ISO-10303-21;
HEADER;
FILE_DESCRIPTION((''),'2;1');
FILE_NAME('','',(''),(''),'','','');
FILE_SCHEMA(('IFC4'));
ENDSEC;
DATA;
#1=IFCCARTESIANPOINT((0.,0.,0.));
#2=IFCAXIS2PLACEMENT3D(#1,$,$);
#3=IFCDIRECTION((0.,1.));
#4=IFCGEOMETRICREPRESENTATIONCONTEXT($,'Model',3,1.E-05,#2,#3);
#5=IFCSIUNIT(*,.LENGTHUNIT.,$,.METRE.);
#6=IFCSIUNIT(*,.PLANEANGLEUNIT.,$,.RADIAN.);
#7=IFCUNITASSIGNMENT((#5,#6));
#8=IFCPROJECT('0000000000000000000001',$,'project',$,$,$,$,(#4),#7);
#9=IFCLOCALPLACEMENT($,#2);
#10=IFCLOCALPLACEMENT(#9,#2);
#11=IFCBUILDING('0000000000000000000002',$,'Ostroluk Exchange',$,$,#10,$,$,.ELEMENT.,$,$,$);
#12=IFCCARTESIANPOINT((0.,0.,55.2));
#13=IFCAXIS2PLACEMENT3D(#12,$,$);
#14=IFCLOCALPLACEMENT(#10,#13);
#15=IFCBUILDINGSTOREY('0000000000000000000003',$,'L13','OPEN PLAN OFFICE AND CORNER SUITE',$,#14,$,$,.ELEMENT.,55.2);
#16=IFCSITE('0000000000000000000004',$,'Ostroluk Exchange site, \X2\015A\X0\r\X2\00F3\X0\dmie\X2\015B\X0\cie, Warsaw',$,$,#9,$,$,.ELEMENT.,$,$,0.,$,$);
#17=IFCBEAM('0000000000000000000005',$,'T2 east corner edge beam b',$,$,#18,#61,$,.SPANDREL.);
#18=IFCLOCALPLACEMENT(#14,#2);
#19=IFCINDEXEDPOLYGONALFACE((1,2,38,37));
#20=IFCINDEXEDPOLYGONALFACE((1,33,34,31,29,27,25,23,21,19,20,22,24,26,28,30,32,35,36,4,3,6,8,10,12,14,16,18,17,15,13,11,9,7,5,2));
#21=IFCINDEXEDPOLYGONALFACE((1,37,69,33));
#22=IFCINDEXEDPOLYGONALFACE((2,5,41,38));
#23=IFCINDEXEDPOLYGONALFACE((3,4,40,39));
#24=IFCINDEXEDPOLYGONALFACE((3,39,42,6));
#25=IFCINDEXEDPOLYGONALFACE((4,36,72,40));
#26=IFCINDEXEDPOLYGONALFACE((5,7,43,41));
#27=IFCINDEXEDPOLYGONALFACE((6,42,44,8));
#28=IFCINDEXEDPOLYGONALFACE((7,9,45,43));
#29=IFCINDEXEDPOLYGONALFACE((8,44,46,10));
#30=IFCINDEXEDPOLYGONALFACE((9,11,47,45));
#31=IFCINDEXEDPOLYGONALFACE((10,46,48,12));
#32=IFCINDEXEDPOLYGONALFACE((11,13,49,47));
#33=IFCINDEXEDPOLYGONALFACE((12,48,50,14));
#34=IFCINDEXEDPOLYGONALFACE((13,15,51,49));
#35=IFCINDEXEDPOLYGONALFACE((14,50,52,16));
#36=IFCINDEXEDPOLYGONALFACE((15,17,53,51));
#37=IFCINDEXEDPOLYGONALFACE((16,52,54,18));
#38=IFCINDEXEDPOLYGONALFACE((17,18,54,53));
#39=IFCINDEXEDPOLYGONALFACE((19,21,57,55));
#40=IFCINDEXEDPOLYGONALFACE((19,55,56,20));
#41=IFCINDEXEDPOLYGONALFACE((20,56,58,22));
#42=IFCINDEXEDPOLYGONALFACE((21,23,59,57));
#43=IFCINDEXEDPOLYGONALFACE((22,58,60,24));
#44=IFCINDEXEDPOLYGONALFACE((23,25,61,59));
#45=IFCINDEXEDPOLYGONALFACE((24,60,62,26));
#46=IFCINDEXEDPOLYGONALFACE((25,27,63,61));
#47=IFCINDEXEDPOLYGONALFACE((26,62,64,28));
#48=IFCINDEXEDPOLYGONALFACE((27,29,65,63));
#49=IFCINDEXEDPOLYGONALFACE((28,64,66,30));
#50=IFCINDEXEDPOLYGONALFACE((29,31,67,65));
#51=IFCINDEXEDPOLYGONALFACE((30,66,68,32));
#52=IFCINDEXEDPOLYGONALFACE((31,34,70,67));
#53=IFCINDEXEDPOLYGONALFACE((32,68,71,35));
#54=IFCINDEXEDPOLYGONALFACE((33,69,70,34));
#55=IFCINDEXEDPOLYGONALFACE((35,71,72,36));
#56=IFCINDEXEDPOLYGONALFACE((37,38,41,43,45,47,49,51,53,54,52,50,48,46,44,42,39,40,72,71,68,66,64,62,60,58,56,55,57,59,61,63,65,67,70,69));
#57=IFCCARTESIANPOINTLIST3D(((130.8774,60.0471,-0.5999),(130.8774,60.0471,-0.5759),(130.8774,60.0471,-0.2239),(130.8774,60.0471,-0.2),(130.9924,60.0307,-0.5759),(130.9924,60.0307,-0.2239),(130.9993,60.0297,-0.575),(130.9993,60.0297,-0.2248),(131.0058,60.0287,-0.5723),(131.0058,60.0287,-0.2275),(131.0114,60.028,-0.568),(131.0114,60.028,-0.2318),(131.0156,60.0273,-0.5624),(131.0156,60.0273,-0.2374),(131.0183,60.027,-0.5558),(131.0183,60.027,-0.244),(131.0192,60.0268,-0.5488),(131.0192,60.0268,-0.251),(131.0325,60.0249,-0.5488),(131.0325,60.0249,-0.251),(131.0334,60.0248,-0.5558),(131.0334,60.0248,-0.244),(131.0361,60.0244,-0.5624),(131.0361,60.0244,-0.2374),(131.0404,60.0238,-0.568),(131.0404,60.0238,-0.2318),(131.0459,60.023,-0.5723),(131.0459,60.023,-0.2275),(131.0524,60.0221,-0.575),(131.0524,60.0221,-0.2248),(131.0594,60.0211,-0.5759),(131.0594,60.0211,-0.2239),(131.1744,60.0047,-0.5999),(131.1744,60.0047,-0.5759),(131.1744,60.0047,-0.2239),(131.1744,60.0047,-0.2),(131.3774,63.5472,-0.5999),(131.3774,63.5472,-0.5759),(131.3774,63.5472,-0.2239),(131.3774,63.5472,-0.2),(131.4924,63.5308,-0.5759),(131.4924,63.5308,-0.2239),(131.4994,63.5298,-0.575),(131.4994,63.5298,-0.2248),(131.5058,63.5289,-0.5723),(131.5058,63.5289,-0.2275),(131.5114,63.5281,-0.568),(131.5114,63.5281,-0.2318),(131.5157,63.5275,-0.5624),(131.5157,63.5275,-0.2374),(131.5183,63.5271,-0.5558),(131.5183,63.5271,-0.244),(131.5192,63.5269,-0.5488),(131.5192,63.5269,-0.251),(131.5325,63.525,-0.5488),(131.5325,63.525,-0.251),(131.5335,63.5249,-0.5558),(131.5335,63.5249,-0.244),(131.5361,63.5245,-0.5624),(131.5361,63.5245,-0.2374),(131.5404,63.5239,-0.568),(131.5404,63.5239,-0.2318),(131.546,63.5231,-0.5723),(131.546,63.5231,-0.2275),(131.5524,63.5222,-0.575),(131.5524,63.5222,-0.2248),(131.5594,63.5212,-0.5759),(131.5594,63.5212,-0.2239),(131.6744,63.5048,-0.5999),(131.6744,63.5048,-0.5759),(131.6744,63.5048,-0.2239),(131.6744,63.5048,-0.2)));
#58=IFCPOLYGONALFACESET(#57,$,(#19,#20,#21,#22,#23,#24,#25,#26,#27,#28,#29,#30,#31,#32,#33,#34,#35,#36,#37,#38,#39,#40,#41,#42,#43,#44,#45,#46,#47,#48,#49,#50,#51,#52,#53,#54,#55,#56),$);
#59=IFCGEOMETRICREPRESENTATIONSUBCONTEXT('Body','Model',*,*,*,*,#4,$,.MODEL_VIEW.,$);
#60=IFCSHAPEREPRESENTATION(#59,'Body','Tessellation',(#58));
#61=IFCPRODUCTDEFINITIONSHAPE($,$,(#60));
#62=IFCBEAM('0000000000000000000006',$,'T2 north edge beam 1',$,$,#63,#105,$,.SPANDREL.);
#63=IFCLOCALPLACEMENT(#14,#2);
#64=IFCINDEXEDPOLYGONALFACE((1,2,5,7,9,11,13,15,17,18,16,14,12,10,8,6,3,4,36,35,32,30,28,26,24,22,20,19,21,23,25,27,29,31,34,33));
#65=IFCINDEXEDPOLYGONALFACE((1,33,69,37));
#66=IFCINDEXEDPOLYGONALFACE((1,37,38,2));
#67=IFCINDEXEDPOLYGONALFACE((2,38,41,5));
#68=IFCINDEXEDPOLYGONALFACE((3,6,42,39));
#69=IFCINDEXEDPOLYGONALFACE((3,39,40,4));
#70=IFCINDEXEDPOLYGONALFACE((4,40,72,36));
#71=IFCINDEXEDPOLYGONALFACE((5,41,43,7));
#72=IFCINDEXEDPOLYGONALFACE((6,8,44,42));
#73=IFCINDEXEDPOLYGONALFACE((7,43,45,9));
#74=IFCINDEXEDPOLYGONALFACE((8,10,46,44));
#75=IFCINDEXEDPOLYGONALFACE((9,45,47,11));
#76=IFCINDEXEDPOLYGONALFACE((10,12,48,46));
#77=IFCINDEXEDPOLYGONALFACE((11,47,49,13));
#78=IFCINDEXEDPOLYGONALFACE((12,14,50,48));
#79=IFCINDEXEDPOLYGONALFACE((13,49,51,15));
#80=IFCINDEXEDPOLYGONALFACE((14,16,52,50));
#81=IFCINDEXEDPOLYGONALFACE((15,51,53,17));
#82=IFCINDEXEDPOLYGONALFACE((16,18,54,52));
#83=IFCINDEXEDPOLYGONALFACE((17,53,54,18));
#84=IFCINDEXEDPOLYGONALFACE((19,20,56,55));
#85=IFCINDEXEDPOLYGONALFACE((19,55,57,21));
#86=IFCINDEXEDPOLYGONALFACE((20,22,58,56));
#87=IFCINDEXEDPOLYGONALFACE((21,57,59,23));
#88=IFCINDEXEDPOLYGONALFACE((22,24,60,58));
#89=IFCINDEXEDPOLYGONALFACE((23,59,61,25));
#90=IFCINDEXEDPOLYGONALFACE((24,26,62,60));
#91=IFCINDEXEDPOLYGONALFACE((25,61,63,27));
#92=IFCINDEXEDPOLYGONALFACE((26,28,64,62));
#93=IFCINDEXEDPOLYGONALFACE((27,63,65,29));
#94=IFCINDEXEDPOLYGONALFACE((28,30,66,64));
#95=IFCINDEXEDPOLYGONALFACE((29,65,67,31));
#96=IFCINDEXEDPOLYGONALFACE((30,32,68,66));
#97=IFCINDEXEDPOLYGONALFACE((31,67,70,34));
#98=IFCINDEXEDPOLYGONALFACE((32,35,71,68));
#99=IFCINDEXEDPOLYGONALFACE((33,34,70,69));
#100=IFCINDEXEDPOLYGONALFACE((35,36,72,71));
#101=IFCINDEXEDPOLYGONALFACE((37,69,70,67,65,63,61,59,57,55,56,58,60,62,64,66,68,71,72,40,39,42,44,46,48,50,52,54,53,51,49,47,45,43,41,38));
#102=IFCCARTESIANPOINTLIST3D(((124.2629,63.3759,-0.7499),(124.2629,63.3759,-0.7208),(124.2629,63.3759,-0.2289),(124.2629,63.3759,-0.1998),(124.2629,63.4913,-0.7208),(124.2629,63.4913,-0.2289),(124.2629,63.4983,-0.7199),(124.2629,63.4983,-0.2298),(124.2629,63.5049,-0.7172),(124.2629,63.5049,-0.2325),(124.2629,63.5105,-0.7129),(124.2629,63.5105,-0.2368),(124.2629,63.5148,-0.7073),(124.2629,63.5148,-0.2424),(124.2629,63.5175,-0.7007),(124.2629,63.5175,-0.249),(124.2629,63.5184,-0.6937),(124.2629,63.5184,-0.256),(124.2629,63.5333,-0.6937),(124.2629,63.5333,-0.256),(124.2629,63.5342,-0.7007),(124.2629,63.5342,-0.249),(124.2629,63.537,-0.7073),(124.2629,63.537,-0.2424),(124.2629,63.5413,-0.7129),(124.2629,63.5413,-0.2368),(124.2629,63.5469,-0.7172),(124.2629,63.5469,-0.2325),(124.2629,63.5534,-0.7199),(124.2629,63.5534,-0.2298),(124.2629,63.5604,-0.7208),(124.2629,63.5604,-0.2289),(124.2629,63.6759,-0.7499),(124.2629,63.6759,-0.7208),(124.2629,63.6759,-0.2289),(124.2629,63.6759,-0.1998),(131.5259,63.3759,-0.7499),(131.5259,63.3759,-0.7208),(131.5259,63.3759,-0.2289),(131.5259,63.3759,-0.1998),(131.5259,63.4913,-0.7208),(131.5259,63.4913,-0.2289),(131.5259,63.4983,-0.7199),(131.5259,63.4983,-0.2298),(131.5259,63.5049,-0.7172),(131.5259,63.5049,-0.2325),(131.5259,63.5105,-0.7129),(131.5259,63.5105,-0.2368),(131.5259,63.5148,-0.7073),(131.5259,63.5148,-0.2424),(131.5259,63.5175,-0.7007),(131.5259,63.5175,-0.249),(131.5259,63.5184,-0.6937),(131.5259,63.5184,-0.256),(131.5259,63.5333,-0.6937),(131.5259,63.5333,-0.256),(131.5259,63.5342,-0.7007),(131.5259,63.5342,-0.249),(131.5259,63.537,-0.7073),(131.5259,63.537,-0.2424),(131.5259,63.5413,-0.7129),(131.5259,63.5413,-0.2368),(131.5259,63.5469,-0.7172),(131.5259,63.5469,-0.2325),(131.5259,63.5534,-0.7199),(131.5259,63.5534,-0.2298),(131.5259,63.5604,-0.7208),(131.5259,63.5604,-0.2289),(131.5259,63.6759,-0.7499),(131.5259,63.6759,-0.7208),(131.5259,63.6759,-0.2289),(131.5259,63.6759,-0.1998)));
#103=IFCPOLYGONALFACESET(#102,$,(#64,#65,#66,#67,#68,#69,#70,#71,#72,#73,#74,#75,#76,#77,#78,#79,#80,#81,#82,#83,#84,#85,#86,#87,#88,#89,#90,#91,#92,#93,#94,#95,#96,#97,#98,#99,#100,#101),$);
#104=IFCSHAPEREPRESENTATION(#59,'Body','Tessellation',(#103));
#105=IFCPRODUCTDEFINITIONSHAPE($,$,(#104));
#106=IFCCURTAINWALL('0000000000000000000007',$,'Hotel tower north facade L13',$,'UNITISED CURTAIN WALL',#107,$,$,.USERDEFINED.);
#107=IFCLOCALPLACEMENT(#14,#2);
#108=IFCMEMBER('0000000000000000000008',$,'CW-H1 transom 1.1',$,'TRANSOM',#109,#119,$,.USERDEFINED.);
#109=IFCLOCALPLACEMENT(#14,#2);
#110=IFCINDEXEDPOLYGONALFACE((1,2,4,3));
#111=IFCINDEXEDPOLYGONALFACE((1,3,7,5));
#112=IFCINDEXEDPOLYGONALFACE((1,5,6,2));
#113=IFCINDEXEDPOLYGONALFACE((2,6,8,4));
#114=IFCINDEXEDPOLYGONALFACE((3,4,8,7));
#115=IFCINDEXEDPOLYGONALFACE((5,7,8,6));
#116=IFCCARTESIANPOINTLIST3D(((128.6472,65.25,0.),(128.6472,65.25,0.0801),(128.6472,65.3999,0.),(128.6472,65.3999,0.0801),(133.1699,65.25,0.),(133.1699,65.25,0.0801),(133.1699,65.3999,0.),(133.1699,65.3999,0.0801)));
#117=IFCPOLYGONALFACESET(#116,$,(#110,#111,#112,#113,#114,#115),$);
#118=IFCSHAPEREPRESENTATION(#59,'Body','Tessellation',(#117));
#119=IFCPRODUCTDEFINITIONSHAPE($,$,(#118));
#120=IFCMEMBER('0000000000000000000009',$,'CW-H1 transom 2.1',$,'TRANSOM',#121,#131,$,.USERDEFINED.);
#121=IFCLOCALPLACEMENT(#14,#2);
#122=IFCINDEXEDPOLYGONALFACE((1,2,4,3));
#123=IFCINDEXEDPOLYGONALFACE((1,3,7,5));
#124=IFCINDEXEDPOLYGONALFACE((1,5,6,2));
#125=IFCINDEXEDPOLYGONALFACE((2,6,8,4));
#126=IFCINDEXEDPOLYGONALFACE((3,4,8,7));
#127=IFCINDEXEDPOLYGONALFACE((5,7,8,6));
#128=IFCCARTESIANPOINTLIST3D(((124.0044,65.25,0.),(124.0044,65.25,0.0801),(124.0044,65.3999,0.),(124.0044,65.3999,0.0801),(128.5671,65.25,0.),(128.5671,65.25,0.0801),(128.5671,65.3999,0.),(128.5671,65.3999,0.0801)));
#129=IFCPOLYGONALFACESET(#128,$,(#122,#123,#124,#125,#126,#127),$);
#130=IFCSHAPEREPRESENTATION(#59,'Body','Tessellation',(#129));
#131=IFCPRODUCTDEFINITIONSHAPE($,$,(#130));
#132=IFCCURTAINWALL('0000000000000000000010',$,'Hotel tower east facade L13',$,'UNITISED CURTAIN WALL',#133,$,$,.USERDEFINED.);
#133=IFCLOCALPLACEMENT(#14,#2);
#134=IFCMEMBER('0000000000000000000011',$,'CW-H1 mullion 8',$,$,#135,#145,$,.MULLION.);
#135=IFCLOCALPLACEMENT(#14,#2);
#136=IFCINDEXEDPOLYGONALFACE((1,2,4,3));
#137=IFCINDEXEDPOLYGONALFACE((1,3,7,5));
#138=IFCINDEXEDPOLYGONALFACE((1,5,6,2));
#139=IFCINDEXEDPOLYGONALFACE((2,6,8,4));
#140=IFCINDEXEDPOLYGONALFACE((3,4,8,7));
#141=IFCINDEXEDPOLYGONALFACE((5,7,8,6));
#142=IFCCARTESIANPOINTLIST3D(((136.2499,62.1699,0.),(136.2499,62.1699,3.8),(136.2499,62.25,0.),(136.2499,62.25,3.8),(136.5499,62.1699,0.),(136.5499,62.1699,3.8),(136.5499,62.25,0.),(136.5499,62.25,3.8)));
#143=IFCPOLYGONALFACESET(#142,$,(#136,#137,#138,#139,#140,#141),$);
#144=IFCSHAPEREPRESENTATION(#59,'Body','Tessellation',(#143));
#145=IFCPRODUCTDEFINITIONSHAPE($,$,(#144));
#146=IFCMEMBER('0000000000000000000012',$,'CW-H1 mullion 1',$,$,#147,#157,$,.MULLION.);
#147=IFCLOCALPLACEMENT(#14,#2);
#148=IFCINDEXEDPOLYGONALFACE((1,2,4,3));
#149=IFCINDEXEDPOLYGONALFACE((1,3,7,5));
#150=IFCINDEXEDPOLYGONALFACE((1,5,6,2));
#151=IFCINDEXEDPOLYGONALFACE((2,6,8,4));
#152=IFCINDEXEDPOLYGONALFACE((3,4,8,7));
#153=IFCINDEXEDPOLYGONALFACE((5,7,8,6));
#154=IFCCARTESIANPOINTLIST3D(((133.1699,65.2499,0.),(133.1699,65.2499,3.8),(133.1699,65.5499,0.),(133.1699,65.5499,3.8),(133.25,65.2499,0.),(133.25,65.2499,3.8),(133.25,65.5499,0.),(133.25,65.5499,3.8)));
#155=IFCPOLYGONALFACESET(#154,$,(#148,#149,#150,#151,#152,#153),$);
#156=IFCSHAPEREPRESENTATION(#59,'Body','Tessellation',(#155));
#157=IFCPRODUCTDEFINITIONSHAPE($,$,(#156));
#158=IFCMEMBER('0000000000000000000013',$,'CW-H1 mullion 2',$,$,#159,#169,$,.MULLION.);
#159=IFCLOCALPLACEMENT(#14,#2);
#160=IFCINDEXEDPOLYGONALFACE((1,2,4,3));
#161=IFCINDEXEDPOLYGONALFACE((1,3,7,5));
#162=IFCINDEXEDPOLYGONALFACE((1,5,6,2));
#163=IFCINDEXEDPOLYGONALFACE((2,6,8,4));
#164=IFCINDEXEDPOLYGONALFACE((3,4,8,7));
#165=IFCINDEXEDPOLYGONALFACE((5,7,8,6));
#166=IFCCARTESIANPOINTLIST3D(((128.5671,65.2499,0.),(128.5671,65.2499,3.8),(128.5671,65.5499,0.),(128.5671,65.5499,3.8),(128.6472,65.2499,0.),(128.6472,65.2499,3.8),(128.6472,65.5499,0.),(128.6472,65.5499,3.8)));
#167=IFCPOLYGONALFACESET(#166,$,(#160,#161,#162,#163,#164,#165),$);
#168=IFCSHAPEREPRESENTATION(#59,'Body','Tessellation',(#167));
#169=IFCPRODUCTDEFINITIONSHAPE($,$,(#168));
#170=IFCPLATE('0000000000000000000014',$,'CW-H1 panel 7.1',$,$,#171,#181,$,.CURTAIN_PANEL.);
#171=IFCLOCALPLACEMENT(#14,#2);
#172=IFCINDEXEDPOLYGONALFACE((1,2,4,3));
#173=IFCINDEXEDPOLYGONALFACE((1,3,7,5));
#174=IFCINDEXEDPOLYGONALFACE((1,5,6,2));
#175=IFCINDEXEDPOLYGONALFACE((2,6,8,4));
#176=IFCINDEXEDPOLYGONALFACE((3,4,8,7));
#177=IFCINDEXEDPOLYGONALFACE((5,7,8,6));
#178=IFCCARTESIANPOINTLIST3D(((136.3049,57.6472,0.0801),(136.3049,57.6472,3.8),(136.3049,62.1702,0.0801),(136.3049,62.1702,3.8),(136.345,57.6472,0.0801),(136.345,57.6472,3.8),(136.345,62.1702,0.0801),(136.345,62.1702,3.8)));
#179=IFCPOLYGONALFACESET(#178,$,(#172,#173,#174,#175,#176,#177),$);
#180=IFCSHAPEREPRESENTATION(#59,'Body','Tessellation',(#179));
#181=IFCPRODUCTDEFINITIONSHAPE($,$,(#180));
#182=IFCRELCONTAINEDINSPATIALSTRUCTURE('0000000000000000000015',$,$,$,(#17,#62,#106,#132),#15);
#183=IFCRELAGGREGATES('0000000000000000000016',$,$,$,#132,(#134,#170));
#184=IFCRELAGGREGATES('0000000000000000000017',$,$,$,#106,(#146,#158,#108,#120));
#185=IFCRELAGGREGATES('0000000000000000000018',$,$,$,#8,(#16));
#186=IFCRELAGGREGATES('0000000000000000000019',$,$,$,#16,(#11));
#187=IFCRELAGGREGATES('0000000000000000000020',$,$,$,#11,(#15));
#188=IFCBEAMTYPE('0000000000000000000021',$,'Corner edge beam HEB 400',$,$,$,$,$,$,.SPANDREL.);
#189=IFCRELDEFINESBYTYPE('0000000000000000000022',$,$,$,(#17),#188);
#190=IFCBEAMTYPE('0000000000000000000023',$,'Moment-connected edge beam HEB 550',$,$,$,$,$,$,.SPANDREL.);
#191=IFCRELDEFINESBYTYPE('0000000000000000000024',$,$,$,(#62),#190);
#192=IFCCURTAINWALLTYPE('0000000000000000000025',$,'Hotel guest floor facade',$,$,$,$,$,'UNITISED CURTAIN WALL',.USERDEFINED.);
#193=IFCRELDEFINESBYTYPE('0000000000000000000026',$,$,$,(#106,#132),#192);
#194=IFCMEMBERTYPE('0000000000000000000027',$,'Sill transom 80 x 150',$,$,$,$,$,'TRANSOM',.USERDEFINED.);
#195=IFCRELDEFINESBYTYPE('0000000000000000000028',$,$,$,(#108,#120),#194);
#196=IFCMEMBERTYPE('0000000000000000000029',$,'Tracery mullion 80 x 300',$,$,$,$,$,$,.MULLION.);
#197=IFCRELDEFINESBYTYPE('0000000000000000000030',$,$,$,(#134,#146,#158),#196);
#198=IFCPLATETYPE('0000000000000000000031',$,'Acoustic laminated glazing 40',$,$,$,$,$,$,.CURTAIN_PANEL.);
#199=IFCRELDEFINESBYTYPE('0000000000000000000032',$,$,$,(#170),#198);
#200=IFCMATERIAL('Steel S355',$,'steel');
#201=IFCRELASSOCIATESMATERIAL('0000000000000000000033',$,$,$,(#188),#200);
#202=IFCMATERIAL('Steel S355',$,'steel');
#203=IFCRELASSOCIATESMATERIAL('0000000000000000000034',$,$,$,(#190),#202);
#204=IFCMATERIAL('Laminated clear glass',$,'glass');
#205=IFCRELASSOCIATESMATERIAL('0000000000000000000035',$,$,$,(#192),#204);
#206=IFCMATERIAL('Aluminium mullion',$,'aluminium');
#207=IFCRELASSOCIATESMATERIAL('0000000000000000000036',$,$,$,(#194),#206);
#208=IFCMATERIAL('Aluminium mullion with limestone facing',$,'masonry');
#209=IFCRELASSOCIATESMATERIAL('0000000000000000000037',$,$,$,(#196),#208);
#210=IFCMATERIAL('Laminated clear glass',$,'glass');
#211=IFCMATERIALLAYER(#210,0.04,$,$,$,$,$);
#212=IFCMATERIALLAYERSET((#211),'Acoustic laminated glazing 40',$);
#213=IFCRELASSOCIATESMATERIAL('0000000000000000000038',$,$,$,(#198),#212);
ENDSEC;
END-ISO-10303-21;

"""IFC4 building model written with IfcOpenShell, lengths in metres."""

from ifc_helpers import new_model, si_unit, direction, frame, origin, origin_2d, place, context, subcontext, project, spatial, rectangle, i_section, extrude, material, layer, layer_set, material_profile, profile_set, type_object, element, aggregate, save


model = new_model("IFC4")

# Units and contexts
model_context = context("Model", 3, precision=1e-05, world=origin(), true_north=direction((0.0, 1.0)))
body_context = subcontext(model_context, "Body", "Model", "MODEL_VIEW")
ifc_project = project(units=[si_unit("LENGTHUNIT", "METRE"), si_unit("PLANEANGLEUNIT", "RADIAN")], contexts=[model_context])

# Site, building, storey
site_placement = place(None, origin())
site = spatial("IfcSite", under=ifc_project, at=site_placement, Name="Ostroluk Exchange site, Śródmieście, Warsaw", CompositionType="ELEMENT", RefElevation=0.0)
building_placement = place(site_placement, origin())
building = spatial("IfcBuilding", under=site, at=building_placement, Name="Ostroluk Exchange", CompositionType="ELEMENT")
storey_placement = place(building_placement, frame((0.0, 0.0, 55.2)))
storey = spatial("IfcBuildingStorey", under=building, at=storey_placement, Name="L13", Description="OPEN PLAN OFFICE AND CORNER SUITE", CompositionType="ELEMENT", Elevation=55.2)

# Beams
ifc_material_1 = material(Name="Steel S355", Category="steel")
ifc_material_profile_1 = material_profile(ifc_material_1, i_section(OverallWidth=0.3, OverallDepth=0.3999, WebThickness=0.0134, FlangeThickness=0.0239, FilletRadius=0.0271, at=origin_2d()), Name="HEB 400")
ifc_profile_set_1 = profile_set([ifc_material_profile_1], Name="Steel S355")
beam_type_1 = type_object("IfcBeamType", Name="Corner edge beam HEB 400", PredefinedType="SPANDREL", material=ifc_profile_set_1)
for number, where, z_axis, x_axis, name in (
    (1, (131.0259, 60.0259, -0.3999), (0.141421, 0.989949, 0.0), (-0.989949, 0.141421, 0.0), "T2 east corner edge beam b"),
):
    element("IfcBeam", number, at=place(storey_placement, frame(where, z_axis=z_axis, x_axis=x_axis)), inside=storey, type_object=beam_type_1, Name=name, PredefinedType="SPANDREL", context=body_context, shape_type="SweptSolid", body=[
        extrude(i_section(OverallWidth=0.3, OverallDepth=0.3999, WebThickness=0.0134, FlangeThickness=0.0239, FilletRadius=0.0271, at=origin_2d()), origin(), (0.0, 0.0, 1.0), 3.5356),
    ])
ifc_material_2 = material(Name="Steel S355", Category="steel")
ifc_material_profile_2 = material_profile(ifc_material_2, i_section(OverallWidth=0.3, OverallDepth=0.55, WebThickness=0.0149, FlangeThickness=0.0291, FilletRadius=0.0271, at=origin_2d()), Name="HEB 550")
ifc_profile_set_2 = profile_set([ifc_material_profile_2], Name="Steel S355")
beam_type_2 = type_object("IfcBeamType", Name="Moment-connected edge beam HEB 550", PredefinedType="SPANDREL", material=ifc_profile_set_2)
beam_1_placement = place(storey_placement, frame((131.5259, 63.5259, -0.4749), z_axis=(-1.0, 0.0, 0.0), x_axis=(0.0, -1.0, 0.0)))
element("IfcBeam", 2, at=beam_1_placement, inside=storey, type_object=beam_type_2, Name="T2 north edge beam 1", PredefinedType="SPANDREL", context=body_context, shape_type="SweptSolid", body=[
    extrude(i_section(OverallWidth=0.3, OverallDepth=0.55, WebThickness=0.0149, FlangeThickness=0.0291, FilletRadius=0.0271, at=origin_2d()), origin(), (0.0, 0.0, 1.0), 7.2629),
])

# Curtain wall, members
ifc_material_3 = material(Name="Laminated clear glass", Category="glass")
curtain_wall_type = type_object("IfcCurtainWallType", Name="Hotel guest floor facade", ElementType="UNITISED CURTAIN WALL", PredefinedType="USERDEFINED", material=ifc_material_3)
curtain_wall_1_placement = place(storey_placement, origin())
curtain_wall_1 = element("IfcCurtainWall", 3, at=curtain_wall_1_placement, inside=storey, type_object=curtain_wall_type, Name="Hotel tower north facade L13", ObjectType="UNITISED CURTAIN WALL", PredefinedType="USERDEFINED")
ifc_material_4 = material(Name="Aluminium mullion", Category="aluminium")
ifc_material_profile_3 = material_profile(ifc_material_4, rectangle(XDim=0.1499, YDim=0.0801, at=origin_2d()), Name="Sill transom 80 x 150")
ifc_profile_set_3 = profile_set([ifc_material_profile_3], Name="Aluminium mullion")
member_type_1 = type_object("IfcMemberType", Name="Sill transom 80 x 150", ElementType="TRANSOM", PredefinedType="USERDEFINED", material=ifc_profile_set_3)
member_1_placement = place(storey_placement, frame((133.1699, 65.325, 0.04), z_axis=(-1.0, 0.0, 0.0), x_axis=(0.0, -1.0, 0.0)))
member_1 = element("IfcMember", 4, at=member_1_placement, type_object=member_type_1, Name="CW-H1 transom 1.1", ObjectType="TRANSOM", PredefinedType="USERDEFINED", context=body_context, shape_type="SweptSolid", body=[
    extrude(rectangle(XDim=0.1499, YDim=0.0801, at=origin_2d()), origin(), (0.0, 0.0, 1.0), 4.5227),
])
member_2_placement = place(storey_placement, frame((128.5671, 65.325, 0.04), z_axis=(-1.0, 0.0, 0.0), x_axis=(0.0, -1.0, 0.0)))
member_2 = element("IfcMember", 5, at=member_2_placement, type_object=member_type_1, Name="CW-H1 transom 2.1", ObjectType="TRANSOM", PredefinedType="USERDEFINED", context=body_context, shape_type="SweptSolid", body=[
    extrude(rectangle(XDim=0.1499, YDim=0.0801, at=origin_2d()), origin(), (0.0, 0.0, 1.0), 4.5627),
])

# Curtain wall, member
curtain_wall_2_placement = place(storey_placement, origin())
curtain_wall_2 = element("IfcCurtainWall", 6, at=curtain_wall_2_placement, inside=storey, type_object=curtain_wall_type, Name="Hotel tower east facade L13", ObjectType="UNITISED CURTAIN WALL", PredefinedType="USERDEFINED")
ifc_material_5 = material(Name="Aluminium mullion with limestone facing", Category="masonry")
ifc_material_profile_4 = material_profile(ifc_material_5, rectangle(XDim=0.3, YDim=0.0801, at=origin_2d()), Name="Tracery mullion 80 x 300")
ifc_profile_set_4 = profile_set([ifc_material_profile_4], Name="Aluminium mullion with limestone facing")
member_type_2 = type_object("IfcMemberType", Name="Tracery mullion 80 x 300", PredefinedType="MULLION", material=ifc_profile_set_4)
member_3_placement = place(storey_placement, frame((136.3999, 62.21, 0.0), z_axis=(0.0, 0.0, 1.0), x_axis=(-1.0, 0.0, 0.0)))
member_3 = element("IfcMember", 7, at=member_3_placement, type_object=member_type_2, Name="CW-H1 mullion 8", PredefinedType="MULLION", context=body_context, shape_type="SweptSolid", body=[
    extrude(rectangle(XDim=0.3, YDim=0.0801, at=origin_2d()), origin(), (0.0, 0.0, 1.0), 3.8),
])

# Members
member_4_placement = place(storey_placement, frame((133.21, 65.3999, 0.0), z_axis=(0.0, 0.0, 1.0), x_axis=(0.0, -1.0, 0.0)))
member_4 = element("IfcMember", 8, at=member_4_placement, type_object=member_type_2, Name="CW-H1 mullion 1", PredefinedType="MULLION", context=body_context, shape_type="SweptSolid", body=[
    extrude(rectangle(XDim=0.3, YDim=0.0801, at=origin_2d()), origin(), (0.0, 0.0, 1.0), 3.8),
])
member_5_placement = place(storey_placement, frame((128.6072, 65.3999, 0.0), z_axis=(0.0, 0.0, 1.0), x_axis=(0.0, -1.0, 0.0)))
member_5 = element("IfcMember", 9, at=member_5_placement, type_object=member_type_2, Name="CW-H1 mullion 2", PredefinedType="MULLION", context=body_context, shape_type="SweptSolid", body=[
    extrude(rectangle(XDim=0.3, YDim=0.0801, at=origin_2d()), origin(), (0.0, 0.0, 1.0), 3.8),
])

# Plate
ifc_material_6 = material(Name="Laminated clear glass", Category="glass")
ifc_layer_1 = layer(ifc_material_6, 0.04)
ifc_layer_set_1 = layer_set([ifc_layer_1], Name="Acoustic laminated glazing 40")
plate_type_1 = type_object("IfcPlateType", Name="Acoustic laminated glazing 40", PredefinedType="CURTAIN_PANEL", material=ifc_layer_set_1)
plate_1_placement = place(storey_placement, frame((136.325, 59.9087, 0.0801), z_axis=(0.0, 0.0, 1.0), x_axis=(0.0, 1.0, 0.0)))
plate_1 = element("IfcPlate", 10, at=plate_1_placement, type_object=plate_type_1, Name="CW-H1 panel 7.1", PredefinedType="CURTAIN_PANEL", context=body_context, shape_type="SweptSolid", body=[
    extrude(rectangle(XDim=4.5229, YDim=0.04, at=origin_2d()), origin(), (0.0, 0.0, 1.0), 3.72),
])
aggregate(curtain_wall_2, [member_3, plate_1])
aggregate(curtain_wall_1, [member_4, member_5, member_1, member_2])

save(model, "model.ifc")
